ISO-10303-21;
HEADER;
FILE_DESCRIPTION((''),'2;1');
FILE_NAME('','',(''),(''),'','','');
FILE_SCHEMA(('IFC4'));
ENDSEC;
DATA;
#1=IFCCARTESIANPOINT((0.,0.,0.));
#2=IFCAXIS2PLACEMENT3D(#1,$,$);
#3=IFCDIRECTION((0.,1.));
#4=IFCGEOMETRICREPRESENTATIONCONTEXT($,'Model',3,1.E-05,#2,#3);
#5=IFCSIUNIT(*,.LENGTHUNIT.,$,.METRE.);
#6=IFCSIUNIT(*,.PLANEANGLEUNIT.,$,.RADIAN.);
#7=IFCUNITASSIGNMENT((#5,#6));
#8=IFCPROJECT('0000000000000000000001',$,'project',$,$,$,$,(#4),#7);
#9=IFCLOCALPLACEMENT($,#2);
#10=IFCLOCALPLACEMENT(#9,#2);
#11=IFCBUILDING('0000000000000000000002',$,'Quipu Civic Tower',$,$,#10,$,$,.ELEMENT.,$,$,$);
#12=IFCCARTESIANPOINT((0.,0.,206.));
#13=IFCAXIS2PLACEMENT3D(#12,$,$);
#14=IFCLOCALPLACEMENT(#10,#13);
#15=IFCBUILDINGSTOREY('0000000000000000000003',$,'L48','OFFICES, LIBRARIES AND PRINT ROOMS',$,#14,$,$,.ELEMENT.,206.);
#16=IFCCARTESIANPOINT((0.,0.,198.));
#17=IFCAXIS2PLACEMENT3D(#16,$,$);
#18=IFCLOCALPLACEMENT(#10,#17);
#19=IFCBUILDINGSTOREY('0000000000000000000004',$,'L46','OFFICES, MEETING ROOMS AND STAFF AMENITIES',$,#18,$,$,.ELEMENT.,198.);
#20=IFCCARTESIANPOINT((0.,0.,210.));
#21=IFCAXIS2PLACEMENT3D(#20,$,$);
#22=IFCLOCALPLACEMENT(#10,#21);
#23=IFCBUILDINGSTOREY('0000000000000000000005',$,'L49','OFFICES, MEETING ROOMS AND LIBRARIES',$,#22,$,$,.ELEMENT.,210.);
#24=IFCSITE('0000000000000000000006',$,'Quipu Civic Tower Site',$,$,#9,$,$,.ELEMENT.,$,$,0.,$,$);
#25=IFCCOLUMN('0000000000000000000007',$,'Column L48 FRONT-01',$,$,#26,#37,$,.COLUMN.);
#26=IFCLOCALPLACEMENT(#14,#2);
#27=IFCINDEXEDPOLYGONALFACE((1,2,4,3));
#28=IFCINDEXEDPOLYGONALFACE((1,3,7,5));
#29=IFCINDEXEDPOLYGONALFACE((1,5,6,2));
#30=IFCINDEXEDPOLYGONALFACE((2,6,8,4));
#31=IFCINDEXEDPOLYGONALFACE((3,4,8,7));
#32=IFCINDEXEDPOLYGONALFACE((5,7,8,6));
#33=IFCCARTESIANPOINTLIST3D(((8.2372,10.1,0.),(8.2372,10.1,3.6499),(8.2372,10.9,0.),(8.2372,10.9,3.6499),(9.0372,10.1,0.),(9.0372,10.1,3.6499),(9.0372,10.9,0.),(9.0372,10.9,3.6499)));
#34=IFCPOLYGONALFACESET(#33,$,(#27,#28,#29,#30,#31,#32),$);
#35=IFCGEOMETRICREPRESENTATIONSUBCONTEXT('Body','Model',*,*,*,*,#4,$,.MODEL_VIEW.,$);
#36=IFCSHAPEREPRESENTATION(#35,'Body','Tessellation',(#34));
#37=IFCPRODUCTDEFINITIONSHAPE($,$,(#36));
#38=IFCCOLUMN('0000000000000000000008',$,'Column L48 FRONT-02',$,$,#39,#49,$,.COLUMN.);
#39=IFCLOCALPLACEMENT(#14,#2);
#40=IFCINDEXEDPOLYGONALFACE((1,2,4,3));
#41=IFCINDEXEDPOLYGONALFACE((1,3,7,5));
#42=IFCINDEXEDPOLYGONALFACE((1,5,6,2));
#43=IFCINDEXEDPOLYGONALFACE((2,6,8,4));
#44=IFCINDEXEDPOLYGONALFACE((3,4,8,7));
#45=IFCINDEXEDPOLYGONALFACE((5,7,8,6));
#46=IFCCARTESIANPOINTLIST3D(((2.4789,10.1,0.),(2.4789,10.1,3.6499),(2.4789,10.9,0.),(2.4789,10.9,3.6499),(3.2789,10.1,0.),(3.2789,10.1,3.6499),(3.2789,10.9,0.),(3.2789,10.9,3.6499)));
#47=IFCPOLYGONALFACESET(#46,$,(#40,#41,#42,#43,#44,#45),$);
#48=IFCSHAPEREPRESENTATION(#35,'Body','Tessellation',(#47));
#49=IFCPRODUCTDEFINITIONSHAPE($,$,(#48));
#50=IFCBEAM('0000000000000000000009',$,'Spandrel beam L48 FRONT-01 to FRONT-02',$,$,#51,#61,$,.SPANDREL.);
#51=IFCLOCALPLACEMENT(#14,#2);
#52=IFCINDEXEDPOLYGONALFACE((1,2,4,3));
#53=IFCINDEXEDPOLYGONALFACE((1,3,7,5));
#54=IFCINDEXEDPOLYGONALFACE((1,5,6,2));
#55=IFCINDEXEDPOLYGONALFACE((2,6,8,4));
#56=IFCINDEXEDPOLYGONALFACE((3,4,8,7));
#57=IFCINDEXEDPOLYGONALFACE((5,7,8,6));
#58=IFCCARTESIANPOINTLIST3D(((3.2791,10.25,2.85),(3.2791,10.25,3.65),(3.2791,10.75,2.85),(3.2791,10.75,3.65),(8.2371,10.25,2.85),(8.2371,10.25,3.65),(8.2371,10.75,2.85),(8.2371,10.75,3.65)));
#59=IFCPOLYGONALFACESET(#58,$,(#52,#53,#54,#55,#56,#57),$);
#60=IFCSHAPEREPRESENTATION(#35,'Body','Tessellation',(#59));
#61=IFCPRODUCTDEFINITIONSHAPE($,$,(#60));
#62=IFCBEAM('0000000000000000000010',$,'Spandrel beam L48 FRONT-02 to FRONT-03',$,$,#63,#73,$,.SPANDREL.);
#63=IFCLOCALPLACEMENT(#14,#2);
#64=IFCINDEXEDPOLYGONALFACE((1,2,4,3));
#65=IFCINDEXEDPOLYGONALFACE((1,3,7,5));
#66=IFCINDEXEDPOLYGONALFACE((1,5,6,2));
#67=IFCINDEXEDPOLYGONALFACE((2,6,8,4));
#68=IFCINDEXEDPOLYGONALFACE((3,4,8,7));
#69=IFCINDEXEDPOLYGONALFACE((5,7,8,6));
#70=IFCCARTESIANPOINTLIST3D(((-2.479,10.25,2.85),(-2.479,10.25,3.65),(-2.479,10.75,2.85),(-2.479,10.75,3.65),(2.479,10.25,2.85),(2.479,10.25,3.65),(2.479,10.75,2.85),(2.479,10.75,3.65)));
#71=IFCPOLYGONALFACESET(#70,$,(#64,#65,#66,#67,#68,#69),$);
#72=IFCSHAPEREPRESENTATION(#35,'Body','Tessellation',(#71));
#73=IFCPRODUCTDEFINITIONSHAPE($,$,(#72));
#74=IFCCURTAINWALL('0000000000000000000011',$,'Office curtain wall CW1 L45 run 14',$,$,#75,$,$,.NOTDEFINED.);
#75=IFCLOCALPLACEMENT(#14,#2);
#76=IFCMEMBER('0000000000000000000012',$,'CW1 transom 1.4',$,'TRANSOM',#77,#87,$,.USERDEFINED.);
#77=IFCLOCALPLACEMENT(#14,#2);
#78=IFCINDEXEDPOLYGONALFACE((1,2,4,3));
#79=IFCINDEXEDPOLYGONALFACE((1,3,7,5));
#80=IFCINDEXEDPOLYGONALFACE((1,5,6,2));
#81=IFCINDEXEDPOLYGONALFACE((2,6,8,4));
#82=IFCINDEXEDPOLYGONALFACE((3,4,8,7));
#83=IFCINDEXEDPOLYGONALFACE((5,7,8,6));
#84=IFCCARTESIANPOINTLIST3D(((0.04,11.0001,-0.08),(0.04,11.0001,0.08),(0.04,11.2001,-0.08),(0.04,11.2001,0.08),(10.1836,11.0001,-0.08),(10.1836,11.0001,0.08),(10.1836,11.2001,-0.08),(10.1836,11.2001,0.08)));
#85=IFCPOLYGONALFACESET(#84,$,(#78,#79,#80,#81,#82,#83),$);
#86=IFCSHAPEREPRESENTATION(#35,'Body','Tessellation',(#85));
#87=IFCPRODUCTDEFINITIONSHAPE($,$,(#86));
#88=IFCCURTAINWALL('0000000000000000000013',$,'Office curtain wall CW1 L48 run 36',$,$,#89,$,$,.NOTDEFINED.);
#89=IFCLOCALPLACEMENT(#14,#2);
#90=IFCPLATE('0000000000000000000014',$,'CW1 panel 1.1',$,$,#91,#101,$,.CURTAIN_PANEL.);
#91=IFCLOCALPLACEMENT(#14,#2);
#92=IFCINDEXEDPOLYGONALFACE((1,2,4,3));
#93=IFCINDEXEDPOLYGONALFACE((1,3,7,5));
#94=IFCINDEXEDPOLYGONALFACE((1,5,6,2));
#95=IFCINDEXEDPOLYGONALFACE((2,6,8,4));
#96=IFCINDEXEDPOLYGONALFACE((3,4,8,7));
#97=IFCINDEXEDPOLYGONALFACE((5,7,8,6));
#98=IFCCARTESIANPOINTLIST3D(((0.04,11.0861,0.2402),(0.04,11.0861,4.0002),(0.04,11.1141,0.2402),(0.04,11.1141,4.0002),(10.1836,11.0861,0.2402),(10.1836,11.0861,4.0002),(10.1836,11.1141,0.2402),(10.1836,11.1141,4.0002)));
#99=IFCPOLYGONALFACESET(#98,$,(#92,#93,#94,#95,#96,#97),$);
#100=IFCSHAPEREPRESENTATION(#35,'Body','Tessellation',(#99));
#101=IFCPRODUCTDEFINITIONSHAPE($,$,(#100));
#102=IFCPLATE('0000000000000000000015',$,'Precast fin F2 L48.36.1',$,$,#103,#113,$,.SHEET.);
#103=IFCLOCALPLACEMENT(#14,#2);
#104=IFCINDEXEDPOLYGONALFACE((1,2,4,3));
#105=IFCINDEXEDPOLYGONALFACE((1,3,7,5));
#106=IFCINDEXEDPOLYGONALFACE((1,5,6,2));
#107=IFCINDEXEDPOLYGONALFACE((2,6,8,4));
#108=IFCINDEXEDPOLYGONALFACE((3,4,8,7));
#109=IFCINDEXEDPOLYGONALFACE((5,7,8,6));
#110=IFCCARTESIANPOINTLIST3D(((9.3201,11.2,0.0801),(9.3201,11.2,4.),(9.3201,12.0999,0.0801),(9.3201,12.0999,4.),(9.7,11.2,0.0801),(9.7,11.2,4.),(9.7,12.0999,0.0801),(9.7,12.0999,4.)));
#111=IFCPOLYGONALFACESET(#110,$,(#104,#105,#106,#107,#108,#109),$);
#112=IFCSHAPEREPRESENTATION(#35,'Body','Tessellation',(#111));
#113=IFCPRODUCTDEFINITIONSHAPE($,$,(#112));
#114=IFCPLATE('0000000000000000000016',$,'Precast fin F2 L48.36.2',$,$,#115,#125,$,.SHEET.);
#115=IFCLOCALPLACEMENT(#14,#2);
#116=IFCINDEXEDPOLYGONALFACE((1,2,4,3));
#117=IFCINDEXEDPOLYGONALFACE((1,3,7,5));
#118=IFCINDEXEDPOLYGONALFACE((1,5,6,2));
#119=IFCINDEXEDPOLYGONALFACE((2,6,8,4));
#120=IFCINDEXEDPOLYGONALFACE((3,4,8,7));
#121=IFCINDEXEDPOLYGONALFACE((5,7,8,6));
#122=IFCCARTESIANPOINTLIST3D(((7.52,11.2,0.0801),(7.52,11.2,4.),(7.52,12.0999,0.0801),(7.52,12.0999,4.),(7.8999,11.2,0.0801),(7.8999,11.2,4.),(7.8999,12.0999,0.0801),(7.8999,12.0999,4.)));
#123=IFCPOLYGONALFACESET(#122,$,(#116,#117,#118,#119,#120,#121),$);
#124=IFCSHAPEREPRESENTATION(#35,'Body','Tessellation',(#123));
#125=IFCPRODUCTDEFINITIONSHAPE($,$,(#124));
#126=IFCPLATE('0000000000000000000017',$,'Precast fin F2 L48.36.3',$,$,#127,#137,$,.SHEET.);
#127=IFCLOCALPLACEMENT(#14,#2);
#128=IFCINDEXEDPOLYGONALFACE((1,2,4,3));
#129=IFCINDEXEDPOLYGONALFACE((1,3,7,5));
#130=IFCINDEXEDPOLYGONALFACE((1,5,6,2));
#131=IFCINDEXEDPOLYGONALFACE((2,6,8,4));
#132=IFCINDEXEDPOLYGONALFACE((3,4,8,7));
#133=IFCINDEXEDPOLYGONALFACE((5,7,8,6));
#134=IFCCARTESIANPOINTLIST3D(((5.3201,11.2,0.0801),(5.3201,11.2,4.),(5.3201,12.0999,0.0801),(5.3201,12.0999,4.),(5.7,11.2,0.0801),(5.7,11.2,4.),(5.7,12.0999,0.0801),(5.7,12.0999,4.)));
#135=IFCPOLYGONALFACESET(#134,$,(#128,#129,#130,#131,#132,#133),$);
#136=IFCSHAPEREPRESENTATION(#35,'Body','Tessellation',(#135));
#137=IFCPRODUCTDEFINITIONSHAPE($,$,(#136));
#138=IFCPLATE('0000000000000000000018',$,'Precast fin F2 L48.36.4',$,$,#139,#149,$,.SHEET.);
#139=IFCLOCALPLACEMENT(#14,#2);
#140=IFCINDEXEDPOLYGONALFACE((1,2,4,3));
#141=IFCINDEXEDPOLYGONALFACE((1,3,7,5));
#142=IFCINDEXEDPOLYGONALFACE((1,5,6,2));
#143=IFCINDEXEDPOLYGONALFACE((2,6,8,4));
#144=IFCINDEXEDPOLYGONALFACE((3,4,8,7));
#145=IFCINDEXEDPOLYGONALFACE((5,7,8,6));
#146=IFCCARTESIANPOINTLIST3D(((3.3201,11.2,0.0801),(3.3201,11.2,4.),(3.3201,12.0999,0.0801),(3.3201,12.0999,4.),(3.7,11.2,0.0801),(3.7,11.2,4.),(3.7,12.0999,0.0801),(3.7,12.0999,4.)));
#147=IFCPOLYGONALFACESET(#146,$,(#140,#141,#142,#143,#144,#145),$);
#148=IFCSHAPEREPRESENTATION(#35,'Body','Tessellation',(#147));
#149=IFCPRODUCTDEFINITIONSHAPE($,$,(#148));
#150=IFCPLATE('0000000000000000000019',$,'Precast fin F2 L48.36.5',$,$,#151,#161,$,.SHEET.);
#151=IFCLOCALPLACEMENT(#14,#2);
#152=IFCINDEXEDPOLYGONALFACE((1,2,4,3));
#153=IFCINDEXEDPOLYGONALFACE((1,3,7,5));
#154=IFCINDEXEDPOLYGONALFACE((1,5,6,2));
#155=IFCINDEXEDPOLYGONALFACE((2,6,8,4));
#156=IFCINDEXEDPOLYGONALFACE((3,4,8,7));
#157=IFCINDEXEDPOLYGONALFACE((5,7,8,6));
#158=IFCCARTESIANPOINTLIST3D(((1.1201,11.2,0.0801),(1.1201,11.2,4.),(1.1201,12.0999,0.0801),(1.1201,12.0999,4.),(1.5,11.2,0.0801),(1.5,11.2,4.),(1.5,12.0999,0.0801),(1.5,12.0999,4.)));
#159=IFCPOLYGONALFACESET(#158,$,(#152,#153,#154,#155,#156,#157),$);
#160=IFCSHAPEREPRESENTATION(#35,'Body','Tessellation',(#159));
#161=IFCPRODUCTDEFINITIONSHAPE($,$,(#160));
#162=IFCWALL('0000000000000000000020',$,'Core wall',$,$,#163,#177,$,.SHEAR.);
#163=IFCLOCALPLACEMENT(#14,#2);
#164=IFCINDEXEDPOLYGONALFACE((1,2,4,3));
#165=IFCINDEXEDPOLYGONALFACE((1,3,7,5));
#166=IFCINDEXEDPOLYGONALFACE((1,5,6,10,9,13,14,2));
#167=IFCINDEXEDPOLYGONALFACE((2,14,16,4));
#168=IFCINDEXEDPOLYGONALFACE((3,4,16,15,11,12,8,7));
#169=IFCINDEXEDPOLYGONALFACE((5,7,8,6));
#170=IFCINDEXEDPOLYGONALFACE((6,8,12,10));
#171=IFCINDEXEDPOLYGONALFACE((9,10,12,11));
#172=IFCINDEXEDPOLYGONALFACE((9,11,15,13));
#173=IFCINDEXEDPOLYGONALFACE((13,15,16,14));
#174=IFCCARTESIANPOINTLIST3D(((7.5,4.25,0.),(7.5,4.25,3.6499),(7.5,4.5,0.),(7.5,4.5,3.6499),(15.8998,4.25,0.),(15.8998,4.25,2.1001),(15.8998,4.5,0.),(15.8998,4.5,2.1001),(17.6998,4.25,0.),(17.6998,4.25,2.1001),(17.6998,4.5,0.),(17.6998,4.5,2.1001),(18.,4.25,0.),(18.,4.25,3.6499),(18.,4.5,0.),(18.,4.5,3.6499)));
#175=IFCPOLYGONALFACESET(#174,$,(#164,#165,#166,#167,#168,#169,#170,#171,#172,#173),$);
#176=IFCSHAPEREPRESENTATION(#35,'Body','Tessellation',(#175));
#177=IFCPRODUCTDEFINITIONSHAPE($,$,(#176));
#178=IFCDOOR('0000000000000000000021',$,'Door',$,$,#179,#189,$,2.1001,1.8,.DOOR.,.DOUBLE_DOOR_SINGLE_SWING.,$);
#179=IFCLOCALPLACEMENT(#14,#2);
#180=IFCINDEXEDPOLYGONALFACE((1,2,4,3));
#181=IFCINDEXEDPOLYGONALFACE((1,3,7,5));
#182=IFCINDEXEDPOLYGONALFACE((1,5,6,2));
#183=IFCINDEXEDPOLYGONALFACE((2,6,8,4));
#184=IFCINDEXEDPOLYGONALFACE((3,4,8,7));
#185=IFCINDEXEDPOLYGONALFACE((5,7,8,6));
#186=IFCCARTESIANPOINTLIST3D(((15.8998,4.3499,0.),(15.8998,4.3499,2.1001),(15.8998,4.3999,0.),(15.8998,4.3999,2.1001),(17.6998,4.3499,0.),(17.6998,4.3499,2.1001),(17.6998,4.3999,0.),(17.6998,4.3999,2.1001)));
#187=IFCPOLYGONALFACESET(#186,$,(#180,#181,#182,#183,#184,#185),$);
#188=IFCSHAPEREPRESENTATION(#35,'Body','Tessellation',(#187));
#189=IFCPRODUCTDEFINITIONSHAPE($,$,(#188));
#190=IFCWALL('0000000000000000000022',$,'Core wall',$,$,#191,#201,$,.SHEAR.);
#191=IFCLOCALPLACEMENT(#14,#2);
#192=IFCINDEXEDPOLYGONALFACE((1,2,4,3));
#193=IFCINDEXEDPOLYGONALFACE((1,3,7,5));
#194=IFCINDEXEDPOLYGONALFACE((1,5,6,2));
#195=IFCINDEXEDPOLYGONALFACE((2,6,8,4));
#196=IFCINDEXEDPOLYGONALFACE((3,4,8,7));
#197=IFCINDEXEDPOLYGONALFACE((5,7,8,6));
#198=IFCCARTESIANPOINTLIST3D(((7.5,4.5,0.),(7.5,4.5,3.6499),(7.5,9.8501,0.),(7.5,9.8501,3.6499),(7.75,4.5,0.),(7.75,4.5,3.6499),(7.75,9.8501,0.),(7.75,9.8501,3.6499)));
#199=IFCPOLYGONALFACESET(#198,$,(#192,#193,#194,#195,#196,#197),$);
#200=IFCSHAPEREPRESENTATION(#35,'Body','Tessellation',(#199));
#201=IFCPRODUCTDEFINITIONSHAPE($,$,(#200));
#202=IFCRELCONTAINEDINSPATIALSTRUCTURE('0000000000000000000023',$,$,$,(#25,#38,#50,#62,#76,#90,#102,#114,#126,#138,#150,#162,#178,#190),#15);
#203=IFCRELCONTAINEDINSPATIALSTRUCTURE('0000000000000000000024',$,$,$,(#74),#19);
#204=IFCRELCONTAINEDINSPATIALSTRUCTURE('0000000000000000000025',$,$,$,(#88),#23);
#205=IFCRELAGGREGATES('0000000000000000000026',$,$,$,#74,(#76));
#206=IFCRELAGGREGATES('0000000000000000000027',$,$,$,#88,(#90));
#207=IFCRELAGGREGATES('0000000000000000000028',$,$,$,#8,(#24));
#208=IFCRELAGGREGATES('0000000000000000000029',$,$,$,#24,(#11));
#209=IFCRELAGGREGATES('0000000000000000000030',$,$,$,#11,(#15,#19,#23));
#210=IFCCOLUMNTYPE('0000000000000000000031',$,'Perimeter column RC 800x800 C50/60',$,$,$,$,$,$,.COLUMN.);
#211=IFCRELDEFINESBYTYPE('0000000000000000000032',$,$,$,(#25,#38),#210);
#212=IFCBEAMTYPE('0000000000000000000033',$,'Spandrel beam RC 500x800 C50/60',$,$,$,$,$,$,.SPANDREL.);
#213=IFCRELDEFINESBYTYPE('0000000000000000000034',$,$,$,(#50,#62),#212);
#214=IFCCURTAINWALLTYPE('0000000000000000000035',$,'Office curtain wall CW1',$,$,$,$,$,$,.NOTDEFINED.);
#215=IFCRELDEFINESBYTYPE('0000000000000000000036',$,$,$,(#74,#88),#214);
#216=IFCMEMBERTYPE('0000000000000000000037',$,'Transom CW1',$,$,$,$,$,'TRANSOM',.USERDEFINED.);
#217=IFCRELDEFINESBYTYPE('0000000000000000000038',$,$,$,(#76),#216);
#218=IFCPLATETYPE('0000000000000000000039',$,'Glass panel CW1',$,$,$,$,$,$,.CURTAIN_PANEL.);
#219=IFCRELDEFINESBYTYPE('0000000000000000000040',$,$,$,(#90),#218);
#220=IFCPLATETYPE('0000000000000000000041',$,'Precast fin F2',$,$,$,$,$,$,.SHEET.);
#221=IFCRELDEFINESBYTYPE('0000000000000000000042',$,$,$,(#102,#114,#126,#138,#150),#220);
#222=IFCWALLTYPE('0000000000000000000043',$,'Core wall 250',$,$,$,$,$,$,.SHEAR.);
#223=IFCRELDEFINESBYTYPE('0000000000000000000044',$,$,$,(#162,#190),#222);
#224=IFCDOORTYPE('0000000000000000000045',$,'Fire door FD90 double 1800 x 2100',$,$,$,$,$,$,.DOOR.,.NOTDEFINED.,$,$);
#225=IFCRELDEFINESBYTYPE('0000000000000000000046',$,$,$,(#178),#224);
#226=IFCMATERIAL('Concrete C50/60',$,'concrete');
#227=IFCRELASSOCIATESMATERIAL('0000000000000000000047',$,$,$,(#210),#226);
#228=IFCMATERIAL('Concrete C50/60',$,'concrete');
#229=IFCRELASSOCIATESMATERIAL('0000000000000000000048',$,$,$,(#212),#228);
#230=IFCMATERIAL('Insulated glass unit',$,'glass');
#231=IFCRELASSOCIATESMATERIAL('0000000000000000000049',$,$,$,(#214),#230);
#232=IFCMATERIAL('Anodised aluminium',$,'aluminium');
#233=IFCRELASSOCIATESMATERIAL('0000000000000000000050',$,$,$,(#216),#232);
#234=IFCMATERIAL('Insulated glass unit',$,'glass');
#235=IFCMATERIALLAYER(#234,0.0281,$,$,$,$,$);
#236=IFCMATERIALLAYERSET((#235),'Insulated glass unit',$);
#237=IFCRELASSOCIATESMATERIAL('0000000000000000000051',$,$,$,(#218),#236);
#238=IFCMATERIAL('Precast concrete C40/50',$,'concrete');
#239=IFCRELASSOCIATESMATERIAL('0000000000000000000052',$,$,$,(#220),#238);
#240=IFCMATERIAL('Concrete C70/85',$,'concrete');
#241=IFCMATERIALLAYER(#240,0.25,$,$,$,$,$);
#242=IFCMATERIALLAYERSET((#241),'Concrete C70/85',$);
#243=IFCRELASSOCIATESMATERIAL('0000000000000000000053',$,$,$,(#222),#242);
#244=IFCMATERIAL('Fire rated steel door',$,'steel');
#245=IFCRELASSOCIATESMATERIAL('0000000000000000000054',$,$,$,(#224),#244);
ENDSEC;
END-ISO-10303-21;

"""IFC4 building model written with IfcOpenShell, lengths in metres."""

from ifc_helpers import new_model, si_unit, direction, frame, frame_2d, origin, origin_2d, place, context, subcontext, project, spatial, rectangle, extrude, material, layer, layer_set, material_profile, profile_set, type_object, element, fill, aggregate, save


model = new_model("IFC4")

# Units and contexts
model_context = context("Model", 3, precision=1e-05, world=origin(), true_north=direction((0.0, 1.0)))
body_context = subcontext(model_context, "Body", "Model", "MODEL_VIEW")
ifc_project = project(units=[si_unit("LENGTHUNIT", "METRE"), si_unit("PLANEANGLEUNIT", "RADIAN")], contexts=[model_context])

# Site, building, storey
site_placement = place(None, origin())
site = spatial("IfcSite", under=ifc_project, at=site_placement, Name="Quipu Civic Tower Site", CompositionType="ELEMENT", RefElevation=0.0)
building_placement = place(site_placement, origin())
building = spatial("IfcBuilding", under=site, at=building_placement, Name="Quipu Civic Tower", CompositionType="ELEMENT")
storey_1_placement = place(building_placement, frame((0.0, 0.0, 206.0)))
storey_1 = spatial("IfcBuildingStorey", under=building, at=storey_1_placement, Name="L48", Description="OFFICES, LIBRARIES AND PRINT ROOMS", CompositionType="ELEMENT", Elevation=206.0)

# Columns
ifc_material_1 = material(Name="Concrete C50/60", Category="concrete")
ifc_material_profile_1 = material_profile(ifc_material_1, rectangle(XDim=0.8, YDim=0.8, at=origin_2d()), Name="RC800x800")
ifc_profile_set_1 = profile_set([ifc_material_profile_1], Name="Concrete C50/60")
column_type = type_object("IfcColumnType", Name="Perimeter column RC 800x800 C50/60", PredefinedType="COLUMN", material=ifc_profile_set_1)
for number, where, z_axis, x_axis, name in (
    (1, (8.6372, 10.5, 0.0), (0.0, 0.0, 1.0), (-1.0, 0.0, 0.0), "Column L48 FRONT-01"),
    (2, (2.8789, 10.5, 0.0), (0.0, 0.0, 1.0), (-1.0, 0.0, 0.0), "Column L48 FRONT-02"),
):
    element("IfcColumn", number, at=place(storey_1_placement, frame(where, z_axis=z_axis, x_axis=x_axis)), inside=storey_1, type_object=column_type, Name=name, PredefinedType="COLUMN", context=body_context, shape_type="SweptSolid", body=[
        extrude(rectangle(XDim=0.8, YDim=0.8, at=origin_2d()), origin(), (0.0, 0.0, 1.0), 3.6499),
    ])

# Beams
ifc_material_2 = material(Name="Concrete C50/60", Category="concrete")
ifc_material_profile_2 = material_profile(ifc_material_2, rectangle(XDim=0.5, YDim=0.8, at=origin_2d()), Name="RC500x800")
ifc_profile_set_2 = profile_set([ifc_material_profile_2], Name="Concrete C50/60")
beam_type = type_object("IfcBeamType", Name="Spandrel beam RC 500x800 C50/60", PredefinedType="SPANDREL", material=ifc_profile_set_2)
for number, where, z_axis, x_axis, name in (
    (3, (8.2371, 10.5, 3.25), (-1.0, 0.0, 0.0), (0.0, -1.0, 0.0), "Spandrel beam L48 FRONT-01 to FRONT-02"),
    (4, (2.479, 10.5, 3.25), (-1.0, 0.0, 0.0), (0.0, -1.0, 0.0), "Spandrel beam L48 FRONT-02 to FRONT-03"),
):
    element("IfcBeam", number, at=place(storey_1_placement, frame(where, z_axis=z_axis, x_axis=x_axis)), inside=storey_1, type_object=beam_type, Name=name, PredefinedType="SPANDREL", context=body_context, shape_type="SweptSolid", body=[
        extrude(rectangle(XDim=0.5, YDim=0.8, at=origin_2d()), origin(), (0.0, 0.0, 1.0), 4.958),
    ])

# Shared definitions
storey_2_placement = place(building_placement, frame((0.0, 0.0, 198.0)))
storey_2 = spatial("IfcBuildingStorey", under=building, at=storey_2_placement, Name="L46", Description="OFFICES, MEETING ROOMS AND STAFF AMENITIES", CompositionType="ELEMENT", Elevation=198.0)

# Curtain wall, member
ifc_material_3 = material(Name="Insulated glass unit", Category="glass")
curtain_wall_type = type_object("IfcCurtainWallType", Name="Office curtain wall CW1", PredefinedType="NOTDEFINED", material=ifc_material_3)
curtain_wall_1_placement = place(storey_2_placement, origin())
curtain_wall_1 = element("IfcCurtainWall", 5, at=curtain_wall_1_placement, inside=storey_2, type_object=curtain_wall_type, Name="Office curtain wall CW1 L45 run 14", PredefinedType="NOTDEFINED")
ifc_material_4 = material(Name="Anodised aluminium", Category="aluminium")
ifc_material_profile_3 = material_profile(ifc_material_4, rectangle(XDim=0.2, YDim=0.1599, at=origin_2d()), Name="RECT 200x160")
ifc_profile_set_3 = profile_set([ifc_material_profile_3], Name="Anodised aluminium")
member_type = type_object("IfcMemberType", Name="Transom CW1", ElementType="TRANSOM", PredefinedType="USERDEFINED", material=ifc_profile_set_3)
member_placement = place(storey_1_placement, frame((10.1836, 11.1001, 0.0), z_axis=(-1.0, 0.0, 0.0), x_axis=(0.0, -1.0, 0.0)))
member = element("IfcMember", 6, at=member_placement, inside=storey_1, type_object=member_type, Name="CW1 transom 1.4", ObjectType="TRANSOM", PredefinedType="USERDEFINED", context=body_context, shape_type="SweptSolid", body=[
    extrude(rectangle(XDim=0.2, YDim=0.1599, at=origin_2d()), origin(), (0.0, 0.0, 1.0), 10.1436),
])
aggregate(curtain_wall_1, [member])

# Shared definitions
storey_3_placement = place(building_placement, frame((0.0, 0.0, 210.0)))
storey_3 = spatial("IfcBuildingStorey", under=building, at=storey_3_placement, Name="L49", Description="OFFICES, MEETING ROOMS AND LIBRARIES", CompositionType="ELEMENT", Elevation=210.0)

# Curtain wall, plate
curtain_wall_2_placement = place(storey_3_placement, origin())
curtain_wall_2 = element("IfcCurtainWall", 7, at=curtain_wall_2_placement, inside=storey_3, type_object=curtain_wall_type, Name="Office curtain wall CW1 L48 run 36", PredefinedType="NOTDEFINED")
ifc_material_5 = material(Name="Insulated glass unit", Category="glass")
ifc_layer_1 = layer(ifc_material_5, 0.0281)
ifc_layer_set_1 = layer_set([ifc_layer_1], Name="Insulated glass unit")
plate_type_1 = type_object("IfcPlateType", Name="Glass panel CW1", PredefinedType="CURTAIN_PANEL", material=ifc_layer_set_1)
plate_placement = place(storey_1_placement, frame((5.1118, 11.1001, 0.2402), z_axis=(0.0, 0.0, 1.0), x_axis=(-1.0, 0.0, 0.0)))
plate = element("IfcPlate", 8, at=plate_placement, inside=storey_1, type_object=plate_type_1, Name="CW1 panel 1.1", PredefinedType="CURTAIN_PANEL", context=body_context, shape_type="SweptSolid", body=[
    extrude(rectangle(XDim=10.1436, YDim=0.0281, at=origin_2d()), origin(), (0.0, 0.0, 1.0), 3.76),
])
aggregate(curtain_wall_2, [plate])

# Plates
ifc_material_6 = material(Name="Precast concrete C40/50", Category="concrete")
plate_type_2 = type_object("IfcPlateType", Name="Precast fin F2", PredefinedType="SHEET", material=ifc_material_6)
for number, where, z_axis, x_axis, name in (
    (9, (9.51, 11.6499, 0.0801), (0.0, 0.0, 1.0), (-1.0, 0.0, 0.0), "Precast fin F2 L48.36.1"),
    (10, (7.71, 11.6499, 0.0801), (0.0, 0.0, 1.0), (-1.0, 0.0, 0.0), "Precast fin F2 L48.36.2"),
    (11, (5.51, 11.6499, 0.0801), (0.0, 0.0, 1.0), (-1.0, 0.0, 0.0), "Precast fin F2 L48.36.3"),
    (12, (3.51, 11.6499, 0.0801), (0.0, 0.0, 1.0), (-1.0, 0.0, 0.0), "Precast fin F2 L48.36.4"),
    (13, (1.3101, 11.6499, 0.0801), (0.0, 0.0, 1.0), (-1.0, 0.0, 0.0), "Precast fin F2 L48.36.5"),
):
    element("IfcPlate", number, at=place(storey_1_placement, frame(where, z_axis=z_axis, x_axis=x_axis)), inside=storey_1, type_object=plate_type_2, Name=name, PredefinedType="SHEET", context=body_context, shape_type="SweptSolid", body=[
        extrude(rectangle(XDim=0.3799, YDim=0.8999, at=origin_2d()), origin(), (0.0, 0.0, 1.0), 3.9199),
    ])

# Wall, opening, door
ifc_material_7 = material(Name="Concrete C70/85", Category="concrete")
ifc_layer_2 = layer(ifc_material_7, 0.25)
ifc_layer_set_2 = layer_set([ifc_layer_2], Name="Concrete C70/85")
wall_type_1 = type_object("IfcWallType", Name="Core wall 250", PredefinedType="SHEAR", material=ifc_layer_set_2)
wall_1_placement = place(storey_1_placement, frame((7.5, 4.375, 0.0), z_axis=(0.0, 0.0, 1.0), x_axis=(1.0, 0.0, 0.0)))
wall_1 = element("IfcWall", 14, at=wall_1_placement, inside=storey_1, type_object=wall_type_1, Name="Core wall", PredefinedType="SHEAR", context=body_context, shape_type="SweptSolid", body=[
    extrude(rectangle(XDim=10.5, YDim=0.25, at=frame_2d((5.25, 0.0))), origin(), (0.0, 0.0, 1.0), 3.6499),
])
opening_1_placement = place(wall_1_placement, frame((8.3999, 0.0, 0.0)))
opening_1 = element("IfcOpeningElement", 15, at=opening_1_placement, cuts=wall_1, PredefinedType="OPENING", context=body_context, shape_type="SweptSolid", body=[
    extrude(rectangle(XDim=1.8, YDim=2.1001, at=frame_2d((0.8999, 1.05))), frame((0.0, 0.135, 0.0), z_axis=(0.0, -1.0, 0.0), x_axis=(1.0, 0.0, 0.0)), (0.0, 0.0, 1.0), 0.27),
])
ifc_material_8 = material(Name="Fire rated steel door", Category="steel")
door_type_1 = type_object("IfcDoorType", Name="Fire door FD90 double 1800 x 2100", OperationType="NOTDEFINED", PredefinedType="DOOR", material=ifc_material_8)
door_1_placement = place(opening_1_placement, origin())
door_1 = element("IfcDoor", 16, at=door_1_placement, inside=storey_1, type_object=door_type_1, Name="Door", OperationType="DOUBLE_DOOR_SINGLE_SWING", OverallHeight=2.1001, OverallWidth=1.8, PredefinedType="DOOR", context=body_context, shape_type="SweptSolid", body=[
    extrude(rectangle(XDim=1.8, YDim=2.1001, at=frame_2d((0.8999, 1.05))), frame((0.0, 0.0249, 0.0), z_axis=(0.0, -1.0, 0.0), x_axis=(1.0, 0.0, 0.0)), (0.0, 0.0, 1.0), 0.05),
])
fill(opening_1, door_1)

# Wall
wall_2_placement = place(storey_1_placement, frame((7.625, 4.5, 0.0), z_axis=(0.0, 0.0, 1.0), x_axis=(0.0, 1.0, 0.0)))
element("IfcWall", 17, at=wall_2_placement, inside=storey_1, type_object=wall_type_1, Name="Core wall", PredefinedType="SHEAR", context=body_context, shape_type="SweptSolid", body=[
    extrude(rectangle(XDim=5.3501, YDim=0.25, at=frame_2d((2.675, 0.0))), origin(), (0.0, 0.0, 1.0), 3.6499),
])

save(model, "model.ifc")
